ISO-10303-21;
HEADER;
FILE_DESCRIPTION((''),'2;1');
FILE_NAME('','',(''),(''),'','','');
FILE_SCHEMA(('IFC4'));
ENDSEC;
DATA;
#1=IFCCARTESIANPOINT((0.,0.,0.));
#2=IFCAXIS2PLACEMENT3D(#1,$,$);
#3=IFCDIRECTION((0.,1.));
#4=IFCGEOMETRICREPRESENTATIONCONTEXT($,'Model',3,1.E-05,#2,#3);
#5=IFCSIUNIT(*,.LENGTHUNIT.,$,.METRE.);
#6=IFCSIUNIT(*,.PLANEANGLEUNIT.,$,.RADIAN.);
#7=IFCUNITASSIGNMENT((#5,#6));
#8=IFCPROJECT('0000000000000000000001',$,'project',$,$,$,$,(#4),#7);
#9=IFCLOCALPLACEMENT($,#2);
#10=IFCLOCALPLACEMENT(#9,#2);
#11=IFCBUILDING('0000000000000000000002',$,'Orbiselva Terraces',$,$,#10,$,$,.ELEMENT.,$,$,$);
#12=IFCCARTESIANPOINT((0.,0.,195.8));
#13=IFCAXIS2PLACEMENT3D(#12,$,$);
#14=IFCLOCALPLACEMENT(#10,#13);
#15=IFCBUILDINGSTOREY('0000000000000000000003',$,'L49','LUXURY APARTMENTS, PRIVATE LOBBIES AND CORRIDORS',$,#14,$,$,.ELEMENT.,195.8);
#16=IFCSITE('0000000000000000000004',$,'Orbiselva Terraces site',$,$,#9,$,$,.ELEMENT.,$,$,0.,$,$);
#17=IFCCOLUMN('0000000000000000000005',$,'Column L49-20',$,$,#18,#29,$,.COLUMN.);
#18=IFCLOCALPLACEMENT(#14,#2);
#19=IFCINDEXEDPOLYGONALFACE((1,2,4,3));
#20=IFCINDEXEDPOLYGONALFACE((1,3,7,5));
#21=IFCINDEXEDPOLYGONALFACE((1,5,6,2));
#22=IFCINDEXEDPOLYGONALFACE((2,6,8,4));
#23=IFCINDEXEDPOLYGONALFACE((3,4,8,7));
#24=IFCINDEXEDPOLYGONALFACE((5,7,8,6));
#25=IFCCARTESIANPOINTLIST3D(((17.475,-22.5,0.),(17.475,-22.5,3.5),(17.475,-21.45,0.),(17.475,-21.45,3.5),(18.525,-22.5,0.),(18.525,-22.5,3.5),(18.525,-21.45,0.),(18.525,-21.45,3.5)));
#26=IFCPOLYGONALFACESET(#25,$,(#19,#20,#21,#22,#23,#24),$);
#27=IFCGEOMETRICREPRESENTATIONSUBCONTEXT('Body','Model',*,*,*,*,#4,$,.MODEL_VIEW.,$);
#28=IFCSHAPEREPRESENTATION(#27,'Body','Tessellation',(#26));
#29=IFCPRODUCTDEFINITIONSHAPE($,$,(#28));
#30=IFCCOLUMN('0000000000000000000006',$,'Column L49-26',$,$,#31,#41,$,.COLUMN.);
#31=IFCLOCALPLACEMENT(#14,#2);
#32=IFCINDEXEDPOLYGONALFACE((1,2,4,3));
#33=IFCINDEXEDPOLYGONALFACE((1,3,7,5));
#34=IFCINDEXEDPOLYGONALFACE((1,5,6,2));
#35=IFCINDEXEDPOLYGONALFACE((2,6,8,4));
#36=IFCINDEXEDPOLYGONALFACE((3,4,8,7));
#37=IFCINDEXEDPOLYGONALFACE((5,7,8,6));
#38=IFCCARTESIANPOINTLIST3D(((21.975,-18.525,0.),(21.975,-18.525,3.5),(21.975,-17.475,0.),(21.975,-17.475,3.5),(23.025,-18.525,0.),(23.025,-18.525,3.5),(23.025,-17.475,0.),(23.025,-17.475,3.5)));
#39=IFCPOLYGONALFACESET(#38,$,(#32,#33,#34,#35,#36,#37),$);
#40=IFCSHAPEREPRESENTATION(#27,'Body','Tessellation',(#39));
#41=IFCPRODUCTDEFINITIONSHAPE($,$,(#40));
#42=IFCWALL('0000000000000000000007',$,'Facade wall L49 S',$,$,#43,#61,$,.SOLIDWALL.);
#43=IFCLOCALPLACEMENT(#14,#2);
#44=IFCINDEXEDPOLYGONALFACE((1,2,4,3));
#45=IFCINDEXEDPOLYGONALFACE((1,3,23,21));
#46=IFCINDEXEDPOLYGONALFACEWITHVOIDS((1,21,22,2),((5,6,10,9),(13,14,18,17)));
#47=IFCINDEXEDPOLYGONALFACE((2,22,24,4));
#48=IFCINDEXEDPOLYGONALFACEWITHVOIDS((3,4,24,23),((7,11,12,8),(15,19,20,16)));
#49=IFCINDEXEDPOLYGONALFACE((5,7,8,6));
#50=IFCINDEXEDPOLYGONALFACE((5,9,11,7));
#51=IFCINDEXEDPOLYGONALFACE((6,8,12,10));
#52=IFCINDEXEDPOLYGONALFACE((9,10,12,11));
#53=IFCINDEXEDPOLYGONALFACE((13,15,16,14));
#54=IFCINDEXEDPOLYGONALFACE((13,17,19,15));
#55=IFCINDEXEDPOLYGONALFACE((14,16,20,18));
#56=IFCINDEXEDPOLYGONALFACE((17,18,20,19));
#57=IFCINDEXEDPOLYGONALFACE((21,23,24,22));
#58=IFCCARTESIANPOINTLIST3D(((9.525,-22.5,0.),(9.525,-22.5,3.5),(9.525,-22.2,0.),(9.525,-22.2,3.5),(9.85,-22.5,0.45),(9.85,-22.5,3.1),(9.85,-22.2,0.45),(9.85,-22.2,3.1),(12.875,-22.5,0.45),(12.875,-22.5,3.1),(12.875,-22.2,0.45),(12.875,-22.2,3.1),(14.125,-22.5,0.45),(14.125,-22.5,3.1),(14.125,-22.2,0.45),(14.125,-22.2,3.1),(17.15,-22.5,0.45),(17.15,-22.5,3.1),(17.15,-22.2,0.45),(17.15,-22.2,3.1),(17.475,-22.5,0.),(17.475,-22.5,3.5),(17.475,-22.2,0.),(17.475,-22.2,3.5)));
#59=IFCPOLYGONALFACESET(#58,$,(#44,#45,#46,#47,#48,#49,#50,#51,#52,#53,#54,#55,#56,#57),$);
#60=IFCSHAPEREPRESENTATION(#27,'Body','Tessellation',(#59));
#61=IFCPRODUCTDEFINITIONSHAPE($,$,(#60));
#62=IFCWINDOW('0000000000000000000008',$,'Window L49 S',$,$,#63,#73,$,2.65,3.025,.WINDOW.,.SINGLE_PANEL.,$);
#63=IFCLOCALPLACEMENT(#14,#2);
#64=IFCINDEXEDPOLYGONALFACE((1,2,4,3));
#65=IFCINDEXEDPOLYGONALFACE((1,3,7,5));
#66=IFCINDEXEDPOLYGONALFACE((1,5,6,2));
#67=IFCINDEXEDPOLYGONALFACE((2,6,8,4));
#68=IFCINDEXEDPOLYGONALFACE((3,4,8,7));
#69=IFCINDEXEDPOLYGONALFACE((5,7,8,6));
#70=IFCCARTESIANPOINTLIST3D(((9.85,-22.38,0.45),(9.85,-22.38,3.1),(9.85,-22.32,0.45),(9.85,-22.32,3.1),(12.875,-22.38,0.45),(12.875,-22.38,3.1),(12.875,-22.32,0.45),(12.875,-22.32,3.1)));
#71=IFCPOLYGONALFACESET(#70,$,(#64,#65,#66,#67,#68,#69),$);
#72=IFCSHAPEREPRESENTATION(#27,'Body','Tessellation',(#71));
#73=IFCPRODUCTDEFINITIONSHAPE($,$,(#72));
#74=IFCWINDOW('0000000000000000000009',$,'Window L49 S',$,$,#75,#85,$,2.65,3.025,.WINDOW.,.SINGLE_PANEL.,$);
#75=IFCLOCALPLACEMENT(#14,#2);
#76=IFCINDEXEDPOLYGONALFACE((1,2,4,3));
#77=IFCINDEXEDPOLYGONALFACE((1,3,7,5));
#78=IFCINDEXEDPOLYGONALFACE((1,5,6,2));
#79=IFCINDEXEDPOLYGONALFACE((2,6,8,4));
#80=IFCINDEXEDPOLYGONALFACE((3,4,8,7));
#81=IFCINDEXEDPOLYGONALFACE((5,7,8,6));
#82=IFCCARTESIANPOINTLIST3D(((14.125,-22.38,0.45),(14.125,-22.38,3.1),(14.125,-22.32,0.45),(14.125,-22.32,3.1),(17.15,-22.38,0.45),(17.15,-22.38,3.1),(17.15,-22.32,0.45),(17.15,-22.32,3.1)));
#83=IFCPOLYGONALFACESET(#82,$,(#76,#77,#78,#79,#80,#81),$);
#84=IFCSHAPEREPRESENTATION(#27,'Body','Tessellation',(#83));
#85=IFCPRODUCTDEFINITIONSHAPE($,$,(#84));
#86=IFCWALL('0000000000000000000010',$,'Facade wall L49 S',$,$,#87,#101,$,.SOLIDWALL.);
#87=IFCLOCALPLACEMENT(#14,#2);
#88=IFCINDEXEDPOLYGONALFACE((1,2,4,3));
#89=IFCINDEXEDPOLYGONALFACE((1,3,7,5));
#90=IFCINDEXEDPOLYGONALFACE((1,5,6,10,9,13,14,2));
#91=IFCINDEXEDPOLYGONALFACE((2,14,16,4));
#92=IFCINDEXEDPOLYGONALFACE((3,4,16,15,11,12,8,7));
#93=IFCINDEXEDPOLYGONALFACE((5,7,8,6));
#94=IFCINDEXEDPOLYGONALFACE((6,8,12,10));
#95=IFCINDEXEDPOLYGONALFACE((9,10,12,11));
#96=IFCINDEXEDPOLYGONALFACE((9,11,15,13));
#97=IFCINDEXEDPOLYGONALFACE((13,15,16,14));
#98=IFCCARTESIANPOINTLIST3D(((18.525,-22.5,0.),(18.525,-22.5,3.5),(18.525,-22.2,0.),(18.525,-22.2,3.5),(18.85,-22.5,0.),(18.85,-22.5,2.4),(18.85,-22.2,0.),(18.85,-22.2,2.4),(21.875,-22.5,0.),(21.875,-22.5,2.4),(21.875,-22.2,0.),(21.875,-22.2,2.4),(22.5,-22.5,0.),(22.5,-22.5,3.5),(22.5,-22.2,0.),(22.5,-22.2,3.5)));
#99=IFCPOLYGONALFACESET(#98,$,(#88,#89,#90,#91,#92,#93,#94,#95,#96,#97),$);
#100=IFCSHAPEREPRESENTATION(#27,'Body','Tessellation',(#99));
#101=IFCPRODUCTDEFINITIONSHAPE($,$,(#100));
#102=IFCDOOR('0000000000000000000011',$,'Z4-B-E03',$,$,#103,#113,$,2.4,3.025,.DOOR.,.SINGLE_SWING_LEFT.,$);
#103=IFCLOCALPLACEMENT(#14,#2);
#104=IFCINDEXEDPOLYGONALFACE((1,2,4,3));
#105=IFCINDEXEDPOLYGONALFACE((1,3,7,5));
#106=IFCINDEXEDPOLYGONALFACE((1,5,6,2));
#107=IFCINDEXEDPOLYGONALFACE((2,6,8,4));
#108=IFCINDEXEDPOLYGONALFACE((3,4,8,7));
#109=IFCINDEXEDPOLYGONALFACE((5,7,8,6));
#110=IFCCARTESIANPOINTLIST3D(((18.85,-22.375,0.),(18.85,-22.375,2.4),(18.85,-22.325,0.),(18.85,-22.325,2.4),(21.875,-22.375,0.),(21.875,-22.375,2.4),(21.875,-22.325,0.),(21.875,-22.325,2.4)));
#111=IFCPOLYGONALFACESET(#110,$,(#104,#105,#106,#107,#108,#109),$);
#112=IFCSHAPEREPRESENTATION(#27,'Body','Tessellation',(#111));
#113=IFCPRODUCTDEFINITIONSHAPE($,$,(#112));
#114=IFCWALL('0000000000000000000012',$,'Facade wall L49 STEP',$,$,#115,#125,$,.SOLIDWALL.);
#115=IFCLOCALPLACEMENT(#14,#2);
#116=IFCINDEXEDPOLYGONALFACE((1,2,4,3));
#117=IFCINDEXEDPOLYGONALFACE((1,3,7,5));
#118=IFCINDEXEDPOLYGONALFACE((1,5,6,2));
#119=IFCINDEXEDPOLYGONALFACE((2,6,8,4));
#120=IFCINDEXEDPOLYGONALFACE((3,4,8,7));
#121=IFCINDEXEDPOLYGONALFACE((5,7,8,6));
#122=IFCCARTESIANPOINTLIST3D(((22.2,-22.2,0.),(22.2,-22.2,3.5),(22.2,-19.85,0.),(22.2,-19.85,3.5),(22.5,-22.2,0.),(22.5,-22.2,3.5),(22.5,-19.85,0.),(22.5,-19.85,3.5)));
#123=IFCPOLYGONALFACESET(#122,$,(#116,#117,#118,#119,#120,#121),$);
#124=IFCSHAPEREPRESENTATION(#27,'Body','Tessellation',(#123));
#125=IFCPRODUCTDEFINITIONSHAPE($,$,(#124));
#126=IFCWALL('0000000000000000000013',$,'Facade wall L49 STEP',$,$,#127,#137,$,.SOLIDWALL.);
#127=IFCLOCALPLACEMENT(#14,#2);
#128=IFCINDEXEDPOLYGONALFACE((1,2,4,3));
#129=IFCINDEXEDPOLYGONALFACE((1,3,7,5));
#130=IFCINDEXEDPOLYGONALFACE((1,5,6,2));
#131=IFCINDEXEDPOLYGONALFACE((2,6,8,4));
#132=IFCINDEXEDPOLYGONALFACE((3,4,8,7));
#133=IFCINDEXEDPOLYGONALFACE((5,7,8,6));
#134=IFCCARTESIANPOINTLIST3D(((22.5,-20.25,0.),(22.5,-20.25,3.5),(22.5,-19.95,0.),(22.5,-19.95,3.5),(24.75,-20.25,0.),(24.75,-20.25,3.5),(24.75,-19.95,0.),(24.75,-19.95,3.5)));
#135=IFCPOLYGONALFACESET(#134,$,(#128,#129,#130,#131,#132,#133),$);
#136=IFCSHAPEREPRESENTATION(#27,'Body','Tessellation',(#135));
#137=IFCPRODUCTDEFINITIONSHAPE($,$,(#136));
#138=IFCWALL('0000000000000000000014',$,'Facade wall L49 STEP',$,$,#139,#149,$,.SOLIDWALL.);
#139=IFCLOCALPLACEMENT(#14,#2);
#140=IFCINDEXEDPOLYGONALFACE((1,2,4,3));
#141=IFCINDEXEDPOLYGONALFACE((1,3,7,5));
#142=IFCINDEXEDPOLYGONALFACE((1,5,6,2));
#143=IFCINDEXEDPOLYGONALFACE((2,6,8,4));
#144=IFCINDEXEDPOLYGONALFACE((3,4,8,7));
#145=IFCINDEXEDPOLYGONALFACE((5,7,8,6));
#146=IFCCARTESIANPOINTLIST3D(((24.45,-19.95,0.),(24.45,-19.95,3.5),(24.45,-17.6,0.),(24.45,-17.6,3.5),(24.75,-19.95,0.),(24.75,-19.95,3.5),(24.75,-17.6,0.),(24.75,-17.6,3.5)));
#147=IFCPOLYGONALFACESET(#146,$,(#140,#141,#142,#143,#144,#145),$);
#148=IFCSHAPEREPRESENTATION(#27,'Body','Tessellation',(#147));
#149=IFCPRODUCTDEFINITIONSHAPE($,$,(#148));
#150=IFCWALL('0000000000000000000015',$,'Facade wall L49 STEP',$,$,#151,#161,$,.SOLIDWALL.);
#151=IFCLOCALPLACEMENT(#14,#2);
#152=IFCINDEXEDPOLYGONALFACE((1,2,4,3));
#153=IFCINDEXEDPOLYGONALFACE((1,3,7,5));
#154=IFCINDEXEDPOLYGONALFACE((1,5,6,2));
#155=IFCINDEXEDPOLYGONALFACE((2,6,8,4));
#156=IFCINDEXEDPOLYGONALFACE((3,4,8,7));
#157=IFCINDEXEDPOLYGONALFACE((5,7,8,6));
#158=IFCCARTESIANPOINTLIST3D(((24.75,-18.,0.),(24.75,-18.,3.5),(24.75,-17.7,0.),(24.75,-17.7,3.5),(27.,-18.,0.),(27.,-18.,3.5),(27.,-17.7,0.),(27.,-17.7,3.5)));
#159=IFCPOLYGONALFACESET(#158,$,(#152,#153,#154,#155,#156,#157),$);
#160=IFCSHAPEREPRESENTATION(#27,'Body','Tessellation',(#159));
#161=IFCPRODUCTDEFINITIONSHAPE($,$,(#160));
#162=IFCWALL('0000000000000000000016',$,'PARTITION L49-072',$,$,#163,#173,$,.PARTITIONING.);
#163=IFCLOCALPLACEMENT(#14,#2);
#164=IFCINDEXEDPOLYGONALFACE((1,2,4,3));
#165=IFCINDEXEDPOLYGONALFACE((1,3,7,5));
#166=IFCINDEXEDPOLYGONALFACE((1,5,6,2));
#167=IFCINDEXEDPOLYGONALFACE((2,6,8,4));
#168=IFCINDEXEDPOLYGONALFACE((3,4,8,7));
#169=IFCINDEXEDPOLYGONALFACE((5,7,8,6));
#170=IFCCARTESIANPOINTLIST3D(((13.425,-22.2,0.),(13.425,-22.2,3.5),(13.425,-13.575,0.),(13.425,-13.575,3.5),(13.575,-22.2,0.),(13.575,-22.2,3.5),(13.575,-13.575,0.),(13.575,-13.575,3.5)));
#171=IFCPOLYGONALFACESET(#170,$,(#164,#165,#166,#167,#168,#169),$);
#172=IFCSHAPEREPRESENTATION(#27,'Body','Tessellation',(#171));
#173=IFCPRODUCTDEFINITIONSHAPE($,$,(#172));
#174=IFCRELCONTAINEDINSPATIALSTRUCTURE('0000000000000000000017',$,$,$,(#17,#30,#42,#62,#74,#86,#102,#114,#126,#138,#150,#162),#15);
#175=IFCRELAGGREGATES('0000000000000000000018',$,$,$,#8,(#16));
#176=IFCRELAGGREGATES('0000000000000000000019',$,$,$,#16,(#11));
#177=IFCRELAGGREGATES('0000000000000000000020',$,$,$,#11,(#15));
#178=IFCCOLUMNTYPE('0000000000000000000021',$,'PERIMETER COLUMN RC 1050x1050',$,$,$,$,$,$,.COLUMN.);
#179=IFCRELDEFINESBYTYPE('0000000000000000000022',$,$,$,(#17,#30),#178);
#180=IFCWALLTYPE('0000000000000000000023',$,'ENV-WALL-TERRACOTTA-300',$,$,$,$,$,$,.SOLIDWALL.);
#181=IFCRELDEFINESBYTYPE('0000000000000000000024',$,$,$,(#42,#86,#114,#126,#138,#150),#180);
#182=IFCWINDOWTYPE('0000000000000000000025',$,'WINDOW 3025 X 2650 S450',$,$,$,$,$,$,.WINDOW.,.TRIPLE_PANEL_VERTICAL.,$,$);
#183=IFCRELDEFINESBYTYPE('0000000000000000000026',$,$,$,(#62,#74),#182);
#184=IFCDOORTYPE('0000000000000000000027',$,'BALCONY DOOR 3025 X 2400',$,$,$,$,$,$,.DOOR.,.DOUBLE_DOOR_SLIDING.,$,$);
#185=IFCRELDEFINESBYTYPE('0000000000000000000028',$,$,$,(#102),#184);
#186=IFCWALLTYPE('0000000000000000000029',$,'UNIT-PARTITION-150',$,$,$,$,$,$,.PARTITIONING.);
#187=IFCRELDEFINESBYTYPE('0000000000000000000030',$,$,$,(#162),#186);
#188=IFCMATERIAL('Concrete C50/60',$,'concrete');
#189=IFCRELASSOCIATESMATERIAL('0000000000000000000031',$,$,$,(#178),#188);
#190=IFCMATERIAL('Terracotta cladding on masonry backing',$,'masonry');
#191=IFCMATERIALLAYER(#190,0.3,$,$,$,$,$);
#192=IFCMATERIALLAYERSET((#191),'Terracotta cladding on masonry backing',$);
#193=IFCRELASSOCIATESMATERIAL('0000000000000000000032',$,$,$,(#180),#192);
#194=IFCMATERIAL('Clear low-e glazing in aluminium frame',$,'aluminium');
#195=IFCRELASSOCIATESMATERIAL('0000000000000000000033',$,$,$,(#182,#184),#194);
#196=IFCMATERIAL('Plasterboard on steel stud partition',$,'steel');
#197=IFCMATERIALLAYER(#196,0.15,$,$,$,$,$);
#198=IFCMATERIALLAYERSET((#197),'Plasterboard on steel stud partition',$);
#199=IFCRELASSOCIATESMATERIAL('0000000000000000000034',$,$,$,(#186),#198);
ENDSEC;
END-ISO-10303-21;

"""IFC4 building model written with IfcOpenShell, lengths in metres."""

from ifc_helpers import new_model, si_unit, direction, frame, frame_2d, origin, origin_2d, place, context, subcontext, project, spatial, rectangle, extrude, material, layer, layer_set, material_profile, profile_set, type_object, element, fill, save


model = new_model("IFC4")

# Units and contexts
model_context = context("Model", 3, precision=1e-05, world=origin(), true_north=direction((0.0, 1.0)))
body_context = subcontext(model_context, "Body", "Model", "MODEL_VIEW")
ifc_project = project(units=[si_unit("LENGTHUNIT", "METRE"), si_unit("PLANEANGLEUNIT", "RADIAN")], contexts=[model_context])

# Site, building, storey
site_placement = place(None, origin())
site = spatial("IfcSite", under=ifc_project, at=site_placement, Name="Orbiselva Terraces site", CompositionType="ELEMENT", RefElevation=0.0)
building_placement = place(site_placement, origin())
building = spatial("IfcBuilding", under=site, at=building_placement, Name="Orbiselva Terraces", CompositionType="ELEMENT")
storey_placement = place(building_placement, frame((0.0, 0.0, 195.8)))
storey = spatial("IfcBuildingStorey", under=building, at=storey_placement, Name="L49", Description="LUXURY APARTMENTS, PRIVATE LOBBIES AND CORRIDORS", CompositionType="ELEMENT", Elevation=195.8)

# Columns
ifc_material_1 = material(Name="Concrete C50/60", Category="concrete")
ifc_material_profile = material_profile(ifc_material_1, rectangle(XDim=1.05, YDim=1.05, at=origin_2d()), Name="RC 1050x1050")
ifc_profile_set = profile_set([ifc_material_profile], Name="Concrete C50/60")
column_type = type_object("IfcColumnType", Name="PERIMETER COLUMN RC 1050x1050", PredefinedType="COLUMN", material=ifc_profile_set)
for number, where, z_axis, x_axis, name in (
    (1, (18.0, -21.975, 0.0), (0.0, 0.0, 1.0), (1.0, 0.0, 0.0), "Column L49-20"),
    (2, (22.5, -18.0, 0.0), (0.0, 0.0, 1.0), (1.0, 0.0, 0.0), "Column L49-26"),
):
    element("IfcColumn", number, at=place(storey_placement, frame(where, z_axis=z_axis, x_axis=x_axis)), inside=storey, type_object=column_type, Name=name, PredefinedType="COLUMN", context=body_context, shape_type="SweptSolid", body=[
        extrude(rectangle(XDim=1.05, YDim=1.05, at=origin_2d()), origin(), (0.0, 0.0, 1.0), 3.5),
    ])

# Wall, openings, windows
ifc_material_2 = material(Name="Terracotta cladding on masonry backing", Category="masonry")
ifc_layer_1 = layer(ifc_material_2, 0.3)
ifc_layer_set_1 = layer_set([ifc_layer_1], Name="Terracotta cladding on masonry backing")
wall_type_1 = type_object("IfcWallType", Name="ENV-WALL-TERRACOTTA-300", PredefinedType="SOLIDWALL", material=ifc_layer_set_1)
wall_1_placement = place(storey_placement, frame((17.475, -22.35, 0.0), z_axis=(0.0, 0.0, 1.0), x_axis=(-1.0, 0.0, 0.0)))
wall_1 = element("IfcWall", 3, at=wall_1_placement, inside=storey, type_object=wall_type_1, Name="Facade wall L49 S", PredefinedType="SOLIDWALL", context=body_context, shape_type="SweptSolid", body=[
    extrude(rectangle(XDim=7.95, YDim=0.3, at=frame_2d((3.975, 0.0))), origin(), (0.0, 0.0, 1.0), 3.5),
])
opening_1_placement = place(wall_1_placement, frame((4.6, 0.0, 0.45)))
opening_1 = element("IfcOpeningElement", 4, at=opening_1_placement, cuts=wall_1, PredefinedType="OPENING", context=body_context, shape_type="SweptSolid", body=[
    extrude(rectangle(XDim=3.025, YDim=2.65, at=frame_2d((1.5125, 1.325))), frame((0.0, 0.16, 0.0), z_axis=(0.0, -1.0, 0.0), x_axis=(1.0, 0.0, 0.0)), (0.0, 0.0, 1.0), 0.32),
])
opening_2_placement = place(wall_1_placement, frame((0.325, 0.0, 0.45)))
opening_2 = element("IfcOpeningElement", 5, at=opening_2_placement, cuts=wall_1, PredefinedType="OPENING", context=body_context, shape_type="SweptSolid", body=[
    extrude(rectangle(XDim=3.025, YDim=2.65, at=frame_2d((1.5125, 1.325))), frame((0.0, 0.16, 0.0), z_axis=(0.0, -1.0, 0.0), x_axis=(1.0, 0.0, 0.0)), (0.0, 0.0, 1.0), 0.32),
])
ifc_material_3 = material(Name="Clear low-e glazing in aluminium frame", Category="aluminium")
window_type = type_object("IfcWindowType", Name="WINDOW 3025 X 2650 S450", PartitioningType="TRIPLE_PANEL_VERTICAL", PredefinedType="WINDOW", material=ifc_material_3)
window_1_placement = place(opening_1_placement, origin())
window_1 = element("IfcWindow", 6, at=window_1_placement, inside=storey, type_object=window_type, Name="Window L49 S", OverallHeight=2.65, OverallWidth=3.025, PartitioningType="SINGLE_PANEL", PredefinedType="WINDOW", context=body_context, shape_type="SweptSolid", body=[
    extrude(rectangle(XDim=3.025, YDim=2.65, at=frame_2d((1.5125, 1.325))), frame((0.0, 0.03, 0.0), z_axis=(0.0, -1.0, 0.0), x_axis=(1.0, 0.0, 0.0)), (0.0, 0.0, 1.0), 0.06),
])
fill(opening_1, window_1)
window_2_placement = place(opening_2_placement, origin())
window_2 = element("IfcWindow", 7, at=window_2_placement, inside=storey, type_object=window_type, Name="Window L49 S", OverallHeight=2.65, OverallWidth=3.025, PartitioningType="SINGLE_PANEL", PredefinedType="WINDOW", context=body_context, shape_type="SweptSolid", body=[
    extrude(rectangle(XDim=3.025, YDim=2.65, at=frame_2d((1.5125, 1.325))), frame((0.0, 0.03, 0.0), z_axis=(0.0, -1.0, 0.0), x_axis=(1.0, 0.0, 0.0)), (0.0, 0.0, 1.0), 0.06),
])
fill(opening_2, window_2)

# Wall, opening, door
wall_2_placement = place(storey_placement, frame((22.5, -22.35, 0.0), z_axis=(0.0, 0.0, 1.0), x_axis=(-1.0, 0.0, 0.0)))
wall_2 = element("IfcWall", 8, at=wall_2_placement, inside=storey, type_object=wall_type_1, Name="Facade wall L49 S", PredefinedType="SOLIDWALL", context=body_context, shape_type="SweptSolid", body=[
    extrude(rectangle(XDim=3.975, YDim=0.3, at=frame_2d((1.9875, 0.0))), origin(), (0.0, 0.0, 1.0), 3.5),
])
opening_3_placement = place(wall_2_placement, frame((0.625, 0.0, 0.0)))
opening_3 = element("IfcOpeningElement", 9, at=opening_3_placement, cuts=wall_2, PredefinedType="OPENING", context=body_context, shape_type="SweptSolid", body=[
    extrude(rectangle(XDim=3.025, YDim=2.4, at=frame_2d((1.5125, 1.2))), frame((0.0, 0.16, 0.0), z_axis=(0.0, -1.0, 0.0), x_axis=(1.0, 0.0, 0.0)), (0.0, 0.0, 1.0), 0.32),
])
door_type = type_object("IfcDoorType", Name="BALCONY DOOR 3025 X 2400", OperationType="DOUBLE_DOOR_SLIDING", PredefinedType="DOOR", material=ifc_material_3)
door_placement = place(opening_3_placement, origin())
door = element("IfcDoor", 10, at=door_placement, inside=storey, type_object=door_type, Name="Z4-B-E03", OperationType="SINGLE_SWING_LEFT", OverallHeight=2.4, OverallWidth=3.025, PredefinedType="DOOR", context=body_context, shape_type="SweptSolid", body=[
    extrude(rectangle(XDim=3.025, YDim=2.4, at=frame_2d((1.5125, 1.2))), frame((0.0, 0.025, 0.0), z_axis=(0.0, -1.0, 0.0), x_axis=(1.0, 0.0, 0.0)), (0.0, 0.0, 1.0), 0.05),
])
fill(opening_3, door)

# Walls
wall_3_placement = place(storey_placement, frame((22.35, -19.85, 0.0), z_axis=(0.0, 0.0, 1.0), x_axis=(0.0, -1.0, 0.0)))
element("IfcWall", 11, at=wall_3_placement, inside=storey, type_object=wall_type_1, Name="Facade wall L49 STEP", PredefinedType="SOLIDWALL", context=body_context, shape_type="SweptSolid", body=[
    extrude(rectangle(XDim=2.35, YDim=0.3, at=frame_2d((1.175, 0.0))), origin(), (0.0, 0.0, 1.0), 3.5),
])
wall_4_placement = place(storey_placement, frame((24.75, -20.1, 0.0), z_axis=(0.0, 0.0, 1.0), x_axis=(-1.0, 0.0, 0.0)))
element("IfcWall", 12, at=wall_4_placement, inside=storey, type_object=wall_type_1, Name="Facade wall L49 STEP", PredefinedType="SOLIDWALL", context=body_context, shape_type="SweptSolid", body=[
    extrude(rectangle(XDim=2.25, YDim=0.3, at=frame_2d((1.125, 0.0))), origin(), (0.0, 0.0, 1.0), 3.5),
])
wall_5_placement = place(storey_placement, frame((24.6, -17.6, 0.0), z_axis=(0.0, 0.0, 1.0), x_axis=(0.0, -1.0, 0.0)))
element("IfcWall", 13, at=wall_5_placement, inside=storey, type_object=wall_type_1, Name="Facade wall L49 STEP", PredefinedType="SOLIDWALL", context=body_context, shape_type="SweptSolid", body=[
    extrude(rectangle(XDim=2.35, YDim=0.3, at=frame_2d((1.175, 0.0))), origin(), (0.0, 0.0, 1.0), 3.5),
])
wall_6_placement = place(storey_placement, frame((27.0, -17.85, 0.0), z_axis=(0.0, 0.0, 1.0), x_axis=(-1.0, 0.0, 0.0)))
element("IfcWall", 14, at=wall_6_placement, inside=storey, type_object=wall_type_1, Name="Facade wall L49 STEP", PredefinedType="SOLIDWALL", context=body_context, shape_type="SweptSolid", body=[
    extrude(rectangle(XDim=2.25, YDim=0.3, at=frame_2d((1.125, 0.0))), origin(), (0.0, 0.0, 1.0), 3.5),
])
ifc_material_4 = material(Name="Plasterboard on steel stud partition", Category="steel")
ifc_layer_2 = layer(ifc_material_4, 0.15)
ifc_layer_set_2 = layer_set([ifc_layer_2], Name="Plasterboard on steel stud partition")
wall_type_2 = type_object("IfcWallType", Name="UNIT-PARTITION-150", PredefinedType="PARTITIONING", material=ifc_layer_set_2)
wall_7_placement = place(storey_placement, frame((13.5, -22.2, 0.0), z_axis=(0.0, 0.0, 1.0), x_axis=(0.0, 1.0, 0.0)))
element("IfcWall", 15, at=wall_7_placement, inside=storey, type_object=wall_type_2, Name="PARTITION L49-072", PredefinedType="PARTITIONING", context=body_context, shape_type="SweptSolid", body=[
    extrude(rectangle(XDim=8.625, YDim=0.15, at=frame_2d((4.3125, 0.0))), origin(), (0.0, 0.0, 1.0), 3.5),
])

save(model, "model.ifc")
